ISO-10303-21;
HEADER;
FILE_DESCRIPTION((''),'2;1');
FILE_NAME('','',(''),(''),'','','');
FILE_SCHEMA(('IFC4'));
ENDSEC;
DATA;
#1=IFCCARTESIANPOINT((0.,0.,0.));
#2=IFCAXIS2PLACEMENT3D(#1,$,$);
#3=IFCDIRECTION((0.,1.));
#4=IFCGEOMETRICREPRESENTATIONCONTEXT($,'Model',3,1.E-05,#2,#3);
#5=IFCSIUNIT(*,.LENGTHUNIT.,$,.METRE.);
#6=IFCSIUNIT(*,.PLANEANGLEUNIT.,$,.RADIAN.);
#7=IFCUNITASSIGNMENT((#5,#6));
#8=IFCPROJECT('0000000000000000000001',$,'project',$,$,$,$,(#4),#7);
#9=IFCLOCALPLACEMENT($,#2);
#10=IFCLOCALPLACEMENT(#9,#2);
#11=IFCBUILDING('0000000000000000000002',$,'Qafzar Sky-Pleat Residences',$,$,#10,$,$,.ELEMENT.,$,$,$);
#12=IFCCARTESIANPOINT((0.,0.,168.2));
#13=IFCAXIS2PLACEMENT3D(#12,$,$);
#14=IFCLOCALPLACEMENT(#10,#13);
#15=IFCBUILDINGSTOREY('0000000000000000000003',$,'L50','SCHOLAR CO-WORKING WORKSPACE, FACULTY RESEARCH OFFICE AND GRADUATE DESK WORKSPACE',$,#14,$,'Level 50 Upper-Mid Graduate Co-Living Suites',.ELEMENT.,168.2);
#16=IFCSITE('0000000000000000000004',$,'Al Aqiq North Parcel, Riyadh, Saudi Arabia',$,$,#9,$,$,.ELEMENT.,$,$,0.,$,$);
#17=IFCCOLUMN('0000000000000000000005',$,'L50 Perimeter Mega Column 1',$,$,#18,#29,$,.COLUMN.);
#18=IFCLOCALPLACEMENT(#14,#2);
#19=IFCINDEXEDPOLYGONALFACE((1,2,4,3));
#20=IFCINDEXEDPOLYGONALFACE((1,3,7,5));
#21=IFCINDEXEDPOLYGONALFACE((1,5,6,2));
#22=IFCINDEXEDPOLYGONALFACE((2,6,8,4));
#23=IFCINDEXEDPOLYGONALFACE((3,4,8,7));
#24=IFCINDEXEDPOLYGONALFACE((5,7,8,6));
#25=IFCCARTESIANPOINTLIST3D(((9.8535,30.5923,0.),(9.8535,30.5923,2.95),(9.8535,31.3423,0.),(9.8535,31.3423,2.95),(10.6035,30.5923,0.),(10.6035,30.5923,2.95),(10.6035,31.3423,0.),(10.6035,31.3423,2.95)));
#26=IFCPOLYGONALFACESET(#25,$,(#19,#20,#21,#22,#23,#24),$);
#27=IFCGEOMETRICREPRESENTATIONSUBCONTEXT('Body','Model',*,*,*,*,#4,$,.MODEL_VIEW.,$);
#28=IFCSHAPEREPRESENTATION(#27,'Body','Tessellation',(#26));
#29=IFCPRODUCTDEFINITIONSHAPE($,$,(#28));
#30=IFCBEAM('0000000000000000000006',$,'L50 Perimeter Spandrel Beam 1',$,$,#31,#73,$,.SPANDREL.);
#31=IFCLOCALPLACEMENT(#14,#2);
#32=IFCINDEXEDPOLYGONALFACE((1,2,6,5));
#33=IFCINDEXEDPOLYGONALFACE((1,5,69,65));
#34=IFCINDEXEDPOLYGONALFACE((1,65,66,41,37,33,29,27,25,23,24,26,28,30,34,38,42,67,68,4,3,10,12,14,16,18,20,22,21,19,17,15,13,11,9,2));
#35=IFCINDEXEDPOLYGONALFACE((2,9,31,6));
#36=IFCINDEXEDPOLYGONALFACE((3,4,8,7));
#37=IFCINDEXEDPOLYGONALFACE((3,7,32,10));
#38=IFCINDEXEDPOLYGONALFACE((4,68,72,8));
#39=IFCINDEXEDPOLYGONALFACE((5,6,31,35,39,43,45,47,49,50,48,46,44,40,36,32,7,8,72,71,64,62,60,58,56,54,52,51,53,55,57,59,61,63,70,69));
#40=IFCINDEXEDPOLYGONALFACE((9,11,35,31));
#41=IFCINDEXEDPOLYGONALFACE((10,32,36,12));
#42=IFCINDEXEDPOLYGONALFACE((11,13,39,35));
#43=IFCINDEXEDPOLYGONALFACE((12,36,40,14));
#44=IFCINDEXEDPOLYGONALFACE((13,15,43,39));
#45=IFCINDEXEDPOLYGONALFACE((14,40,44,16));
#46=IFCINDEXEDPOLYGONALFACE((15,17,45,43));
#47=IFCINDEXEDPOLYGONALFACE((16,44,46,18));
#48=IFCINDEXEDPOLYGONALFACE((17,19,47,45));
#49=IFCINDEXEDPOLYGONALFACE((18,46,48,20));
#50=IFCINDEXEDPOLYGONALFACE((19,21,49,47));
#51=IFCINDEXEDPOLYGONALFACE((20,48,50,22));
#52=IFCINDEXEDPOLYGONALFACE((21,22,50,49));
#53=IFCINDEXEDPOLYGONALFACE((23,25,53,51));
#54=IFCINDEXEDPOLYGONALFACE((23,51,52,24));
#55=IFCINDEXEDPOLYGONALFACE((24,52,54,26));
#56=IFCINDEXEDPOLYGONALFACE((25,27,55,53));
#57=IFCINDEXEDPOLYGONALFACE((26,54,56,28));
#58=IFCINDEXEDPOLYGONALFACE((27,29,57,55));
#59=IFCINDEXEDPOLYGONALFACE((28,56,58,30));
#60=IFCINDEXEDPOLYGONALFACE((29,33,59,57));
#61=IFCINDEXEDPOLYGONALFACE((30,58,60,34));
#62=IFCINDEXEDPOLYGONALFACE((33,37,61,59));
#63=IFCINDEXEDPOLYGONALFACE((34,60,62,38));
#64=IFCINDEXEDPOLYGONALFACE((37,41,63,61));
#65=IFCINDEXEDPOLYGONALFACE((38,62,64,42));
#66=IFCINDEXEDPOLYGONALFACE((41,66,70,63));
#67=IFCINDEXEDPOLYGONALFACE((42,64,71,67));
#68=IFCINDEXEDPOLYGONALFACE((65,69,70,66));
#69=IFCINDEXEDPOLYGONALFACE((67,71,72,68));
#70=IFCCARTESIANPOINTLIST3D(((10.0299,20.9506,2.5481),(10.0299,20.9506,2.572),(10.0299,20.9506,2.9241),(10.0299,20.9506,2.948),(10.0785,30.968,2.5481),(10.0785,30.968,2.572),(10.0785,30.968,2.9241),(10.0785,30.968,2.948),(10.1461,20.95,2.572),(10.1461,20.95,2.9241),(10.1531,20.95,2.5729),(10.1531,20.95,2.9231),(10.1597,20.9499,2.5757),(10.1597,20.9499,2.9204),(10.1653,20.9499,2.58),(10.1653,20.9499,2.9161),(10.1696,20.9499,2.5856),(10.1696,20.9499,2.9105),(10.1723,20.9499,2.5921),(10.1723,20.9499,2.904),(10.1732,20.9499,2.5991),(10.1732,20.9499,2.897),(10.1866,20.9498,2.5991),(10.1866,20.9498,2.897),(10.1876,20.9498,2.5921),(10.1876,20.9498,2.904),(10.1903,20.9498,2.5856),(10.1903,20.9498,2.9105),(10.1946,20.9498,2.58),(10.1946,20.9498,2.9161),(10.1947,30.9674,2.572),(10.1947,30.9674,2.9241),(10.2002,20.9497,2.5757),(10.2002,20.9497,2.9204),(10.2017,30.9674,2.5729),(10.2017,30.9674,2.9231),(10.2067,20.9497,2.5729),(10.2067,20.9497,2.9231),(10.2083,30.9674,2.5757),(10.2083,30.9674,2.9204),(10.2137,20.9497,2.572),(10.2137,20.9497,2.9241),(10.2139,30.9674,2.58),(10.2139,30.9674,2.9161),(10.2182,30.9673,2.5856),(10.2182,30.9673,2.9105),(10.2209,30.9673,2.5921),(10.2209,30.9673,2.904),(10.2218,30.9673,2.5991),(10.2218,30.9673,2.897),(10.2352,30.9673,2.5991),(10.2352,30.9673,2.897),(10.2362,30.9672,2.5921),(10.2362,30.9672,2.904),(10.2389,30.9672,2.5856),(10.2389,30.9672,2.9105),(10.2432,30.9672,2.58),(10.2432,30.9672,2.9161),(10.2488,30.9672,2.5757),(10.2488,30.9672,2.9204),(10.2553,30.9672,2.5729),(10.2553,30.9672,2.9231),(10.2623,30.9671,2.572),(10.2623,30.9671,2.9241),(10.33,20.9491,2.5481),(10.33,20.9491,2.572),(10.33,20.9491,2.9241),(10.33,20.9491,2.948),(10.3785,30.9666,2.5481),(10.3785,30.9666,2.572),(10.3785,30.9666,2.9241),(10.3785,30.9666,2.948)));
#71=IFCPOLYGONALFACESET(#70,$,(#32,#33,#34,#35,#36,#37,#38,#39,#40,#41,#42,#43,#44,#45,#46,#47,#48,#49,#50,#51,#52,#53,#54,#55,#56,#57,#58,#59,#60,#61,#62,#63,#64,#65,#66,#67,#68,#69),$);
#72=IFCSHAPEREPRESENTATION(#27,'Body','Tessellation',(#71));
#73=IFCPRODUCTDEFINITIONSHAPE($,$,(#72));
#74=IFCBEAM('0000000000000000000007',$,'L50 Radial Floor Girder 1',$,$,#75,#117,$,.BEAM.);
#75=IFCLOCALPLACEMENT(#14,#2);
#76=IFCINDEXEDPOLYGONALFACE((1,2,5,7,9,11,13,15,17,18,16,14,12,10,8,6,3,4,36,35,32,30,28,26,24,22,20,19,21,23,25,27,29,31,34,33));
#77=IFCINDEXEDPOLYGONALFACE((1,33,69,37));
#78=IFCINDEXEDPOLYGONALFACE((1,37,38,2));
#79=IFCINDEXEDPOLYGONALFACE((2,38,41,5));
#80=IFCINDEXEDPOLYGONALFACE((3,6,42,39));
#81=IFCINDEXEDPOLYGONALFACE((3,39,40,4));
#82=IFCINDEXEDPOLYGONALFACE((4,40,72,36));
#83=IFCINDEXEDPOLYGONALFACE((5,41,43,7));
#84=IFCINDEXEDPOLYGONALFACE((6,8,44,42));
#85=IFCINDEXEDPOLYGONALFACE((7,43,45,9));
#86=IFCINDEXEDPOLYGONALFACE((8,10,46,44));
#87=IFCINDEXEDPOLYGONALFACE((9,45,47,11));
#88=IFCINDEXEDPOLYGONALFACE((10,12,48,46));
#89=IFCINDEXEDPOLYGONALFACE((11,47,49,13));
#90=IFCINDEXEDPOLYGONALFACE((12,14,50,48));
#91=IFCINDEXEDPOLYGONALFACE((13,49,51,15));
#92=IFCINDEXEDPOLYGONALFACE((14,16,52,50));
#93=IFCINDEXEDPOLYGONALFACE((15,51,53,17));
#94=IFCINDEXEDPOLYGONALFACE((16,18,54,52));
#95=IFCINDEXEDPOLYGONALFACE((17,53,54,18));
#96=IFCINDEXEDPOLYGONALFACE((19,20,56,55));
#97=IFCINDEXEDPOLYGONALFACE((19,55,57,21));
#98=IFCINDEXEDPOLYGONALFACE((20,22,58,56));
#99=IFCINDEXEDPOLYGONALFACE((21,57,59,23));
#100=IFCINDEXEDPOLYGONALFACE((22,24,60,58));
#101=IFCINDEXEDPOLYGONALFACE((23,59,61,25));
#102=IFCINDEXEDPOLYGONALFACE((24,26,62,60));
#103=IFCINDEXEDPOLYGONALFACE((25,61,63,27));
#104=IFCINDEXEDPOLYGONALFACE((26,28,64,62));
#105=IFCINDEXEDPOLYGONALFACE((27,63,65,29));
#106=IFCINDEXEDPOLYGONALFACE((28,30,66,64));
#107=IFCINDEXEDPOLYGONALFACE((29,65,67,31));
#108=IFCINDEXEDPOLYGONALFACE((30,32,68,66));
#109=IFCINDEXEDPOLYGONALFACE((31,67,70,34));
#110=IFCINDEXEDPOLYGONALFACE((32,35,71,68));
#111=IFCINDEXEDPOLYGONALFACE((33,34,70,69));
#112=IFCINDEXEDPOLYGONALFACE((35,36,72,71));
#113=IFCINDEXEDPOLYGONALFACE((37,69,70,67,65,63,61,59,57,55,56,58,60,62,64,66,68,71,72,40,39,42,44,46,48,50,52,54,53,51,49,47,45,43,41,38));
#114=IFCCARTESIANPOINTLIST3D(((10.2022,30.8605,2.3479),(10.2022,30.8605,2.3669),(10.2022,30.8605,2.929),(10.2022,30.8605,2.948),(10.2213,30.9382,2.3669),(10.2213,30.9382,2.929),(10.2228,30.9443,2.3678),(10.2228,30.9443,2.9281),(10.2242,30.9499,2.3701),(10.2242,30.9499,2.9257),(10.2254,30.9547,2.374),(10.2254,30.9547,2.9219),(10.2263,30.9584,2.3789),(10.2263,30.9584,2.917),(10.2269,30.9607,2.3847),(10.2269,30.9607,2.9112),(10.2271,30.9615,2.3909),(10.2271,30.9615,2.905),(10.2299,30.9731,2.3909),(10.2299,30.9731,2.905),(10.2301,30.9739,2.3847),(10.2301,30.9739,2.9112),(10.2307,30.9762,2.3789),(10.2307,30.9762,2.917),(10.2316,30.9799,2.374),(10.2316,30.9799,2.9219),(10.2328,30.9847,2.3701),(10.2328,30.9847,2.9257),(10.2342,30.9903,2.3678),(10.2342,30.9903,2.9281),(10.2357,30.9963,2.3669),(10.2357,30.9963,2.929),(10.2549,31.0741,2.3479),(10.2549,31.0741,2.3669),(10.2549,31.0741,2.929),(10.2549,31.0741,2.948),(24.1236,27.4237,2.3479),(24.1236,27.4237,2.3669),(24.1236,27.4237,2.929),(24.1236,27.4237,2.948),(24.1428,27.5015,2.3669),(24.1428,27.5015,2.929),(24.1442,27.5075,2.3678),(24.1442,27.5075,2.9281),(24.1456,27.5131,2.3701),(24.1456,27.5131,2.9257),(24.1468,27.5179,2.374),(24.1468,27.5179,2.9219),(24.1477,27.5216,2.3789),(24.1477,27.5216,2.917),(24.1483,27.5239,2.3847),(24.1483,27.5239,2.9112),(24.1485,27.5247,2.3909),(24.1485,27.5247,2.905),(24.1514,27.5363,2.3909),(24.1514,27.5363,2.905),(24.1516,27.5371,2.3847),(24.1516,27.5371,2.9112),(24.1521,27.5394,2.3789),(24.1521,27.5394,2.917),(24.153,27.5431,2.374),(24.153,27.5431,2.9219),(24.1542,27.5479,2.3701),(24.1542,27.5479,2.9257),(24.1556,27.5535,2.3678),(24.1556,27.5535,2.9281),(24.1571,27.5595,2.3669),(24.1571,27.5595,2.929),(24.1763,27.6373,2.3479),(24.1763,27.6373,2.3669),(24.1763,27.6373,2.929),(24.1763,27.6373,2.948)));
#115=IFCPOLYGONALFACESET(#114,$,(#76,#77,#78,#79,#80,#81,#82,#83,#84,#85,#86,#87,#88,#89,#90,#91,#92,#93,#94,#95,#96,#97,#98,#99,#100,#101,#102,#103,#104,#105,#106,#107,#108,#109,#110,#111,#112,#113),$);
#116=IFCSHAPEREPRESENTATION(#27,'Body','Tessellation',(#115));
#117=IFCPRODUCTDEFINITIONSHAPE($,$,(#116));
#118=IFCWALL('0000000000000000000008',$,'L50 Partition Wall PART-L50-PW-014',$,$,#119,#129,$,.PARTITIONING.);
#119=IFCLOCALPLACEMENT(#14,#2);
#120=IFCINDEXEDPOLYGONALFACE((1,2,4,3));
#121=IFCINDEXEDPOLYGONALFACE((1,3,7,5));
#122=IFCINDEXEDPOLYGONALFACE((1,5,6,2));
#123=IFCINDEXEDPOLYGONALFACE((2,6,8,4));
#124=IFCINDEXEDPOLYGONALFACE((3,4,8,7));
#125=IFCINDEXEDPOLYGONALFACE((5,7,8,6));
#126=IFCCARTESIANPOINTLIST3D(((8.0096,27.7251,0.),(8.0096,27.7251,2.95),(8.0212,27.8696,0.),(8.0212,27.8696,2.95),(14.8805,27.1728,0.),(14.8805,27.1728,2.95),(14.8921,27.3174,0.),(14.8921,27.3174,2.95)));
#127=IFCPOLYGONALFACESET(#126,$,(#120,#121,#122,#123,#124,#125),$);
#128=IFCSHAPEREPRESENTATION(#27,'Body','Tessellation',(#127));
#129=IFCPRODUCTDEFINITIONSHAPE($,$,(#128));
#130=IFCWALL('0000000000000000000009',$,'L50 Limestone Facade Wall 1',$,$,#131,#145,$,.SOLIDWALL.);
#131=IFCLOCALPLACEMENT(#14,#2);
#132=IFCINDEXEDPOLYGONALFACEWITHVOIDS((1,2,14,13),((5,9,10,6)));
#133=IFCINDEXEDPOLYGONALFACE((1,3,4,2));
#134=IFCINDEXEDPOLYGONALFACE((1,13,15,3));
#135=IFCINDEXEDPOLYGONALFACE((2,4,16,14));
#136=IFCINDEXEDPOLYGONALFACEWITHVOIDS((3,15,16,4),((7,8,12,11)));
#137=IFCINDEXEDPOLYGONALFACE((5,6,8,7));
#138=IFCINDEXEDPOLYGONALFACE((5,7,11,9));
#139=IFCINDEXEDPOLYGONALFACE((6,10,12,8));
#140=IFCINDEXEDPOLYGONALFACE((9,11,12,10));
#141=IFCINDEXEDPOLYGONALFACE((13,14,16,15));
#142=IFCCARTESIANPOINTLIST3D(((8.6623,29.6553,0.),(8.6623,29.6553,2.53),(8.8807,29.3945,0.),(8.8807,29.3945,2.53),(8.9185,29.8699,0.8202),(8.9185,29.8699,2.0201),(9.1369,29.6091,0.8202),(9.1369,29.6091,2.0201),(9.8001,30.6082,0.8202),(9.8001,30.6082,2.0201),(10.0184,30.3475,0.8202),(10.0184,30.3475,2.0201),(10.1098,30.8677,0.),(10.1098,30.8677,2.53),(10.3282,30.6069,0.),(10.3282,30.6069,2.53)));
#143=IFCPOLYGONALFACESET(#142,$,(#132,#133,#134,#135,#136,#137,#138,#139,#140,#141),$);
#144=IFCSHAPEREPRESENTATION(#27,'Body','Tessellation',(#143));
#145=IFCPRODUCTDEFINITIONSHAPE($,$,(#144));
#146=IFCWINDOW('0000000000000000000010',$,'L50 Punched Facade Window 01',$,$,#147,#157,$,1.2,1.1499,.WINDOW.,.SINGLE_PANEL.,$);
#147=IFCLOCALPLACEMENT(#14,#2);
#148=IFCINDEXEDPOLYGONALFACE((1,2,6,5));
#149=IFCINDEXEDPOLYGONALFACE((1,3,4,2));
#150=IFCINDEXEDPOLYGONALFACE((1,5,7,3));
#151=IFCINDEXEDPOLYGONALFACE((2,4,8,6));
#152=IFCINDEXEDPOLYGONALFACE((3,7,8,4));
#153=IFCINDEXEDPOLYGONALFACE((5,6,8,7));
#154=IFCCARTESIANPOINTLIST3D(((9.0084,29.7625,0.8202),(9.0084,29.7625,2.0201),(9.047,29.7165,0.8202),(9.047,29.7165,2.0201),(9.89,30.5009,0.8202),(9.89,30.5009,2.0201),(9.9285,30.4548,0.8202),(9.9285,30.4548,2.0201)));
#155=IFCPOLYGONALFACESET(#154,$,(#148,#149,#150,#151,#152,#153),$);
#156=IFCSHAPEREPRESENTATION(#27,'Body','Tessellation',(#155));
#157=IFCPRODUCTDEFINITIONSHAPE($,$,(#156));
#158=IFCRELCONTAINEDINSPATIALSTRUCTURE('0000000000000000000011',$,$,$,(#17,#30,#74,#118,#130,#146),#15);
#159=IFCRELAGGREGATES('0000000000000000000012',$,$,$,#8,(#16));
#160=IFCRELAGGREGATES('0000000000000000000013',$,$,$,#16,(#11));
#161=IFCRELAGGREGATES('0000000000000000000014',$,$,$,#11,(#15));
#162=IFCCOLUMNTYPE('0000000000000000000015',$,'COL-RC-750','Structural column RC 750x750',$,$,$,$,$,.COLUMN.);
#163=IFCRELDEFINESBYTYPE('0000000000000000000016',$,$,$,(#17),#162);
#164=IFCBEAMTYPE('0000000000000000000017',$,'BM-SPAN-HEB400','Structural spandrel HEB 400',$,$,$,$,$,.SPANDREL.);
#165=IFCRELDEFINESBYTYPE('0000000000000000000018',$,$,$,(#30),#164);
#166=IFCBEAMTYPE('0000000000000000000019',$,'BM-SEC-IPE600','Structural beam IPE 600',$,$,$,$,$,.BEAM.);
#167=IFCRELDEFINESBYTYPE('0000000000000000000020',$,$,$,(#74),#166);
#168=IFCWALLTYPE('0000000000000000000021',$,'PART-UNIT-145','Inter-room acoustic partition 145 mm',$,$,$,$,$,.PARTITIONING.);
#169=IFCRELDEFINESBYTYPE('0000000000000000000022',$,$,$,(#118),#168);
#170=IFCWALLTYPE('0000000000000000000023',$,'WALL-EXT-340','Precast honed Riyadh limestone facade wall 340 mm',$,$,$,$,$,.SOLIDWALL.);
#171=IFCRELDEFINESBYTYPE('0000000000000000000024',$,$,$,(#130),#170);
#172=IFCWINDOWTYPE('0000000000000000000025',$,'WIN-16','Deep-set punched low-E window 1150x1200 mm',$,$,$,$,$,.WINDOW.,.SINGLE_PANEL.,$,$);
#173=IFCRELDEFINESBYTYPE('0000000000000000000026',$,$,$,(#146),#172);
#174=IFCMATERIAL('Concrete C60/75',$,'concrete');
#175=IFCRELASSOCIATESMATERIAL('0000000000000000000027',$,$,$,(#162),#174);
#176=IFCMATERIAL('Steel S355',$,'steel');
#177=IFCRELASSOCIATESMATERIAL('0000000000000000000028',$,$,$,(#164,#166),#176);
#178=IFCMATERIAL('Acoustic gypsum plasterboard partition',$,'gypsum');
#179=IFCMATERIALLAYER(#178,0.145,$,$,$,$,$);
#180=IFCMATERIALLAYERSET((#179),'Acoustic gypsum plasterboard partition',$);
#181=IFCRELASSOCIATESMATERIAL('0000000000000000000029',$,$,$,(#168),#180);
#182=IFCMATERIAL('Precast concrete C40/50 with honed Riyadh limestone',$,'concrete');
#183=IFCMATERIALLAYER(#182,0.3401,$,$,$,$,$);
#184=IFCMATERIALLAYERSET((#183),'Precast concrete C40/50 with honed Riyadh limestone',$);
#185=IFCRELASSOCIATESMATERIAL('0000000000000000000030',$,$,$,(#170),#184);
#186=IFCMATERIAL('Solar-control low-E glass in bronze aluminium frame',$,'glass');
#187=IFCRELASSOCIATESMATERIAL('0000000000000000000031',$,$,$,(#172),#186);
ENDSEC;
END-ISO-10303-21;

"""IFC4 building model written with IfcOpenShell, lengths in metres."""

from ifc_helpers import new_model, si_unit, direction, frame, frame_2d, origin, origin_2d, place, context, subcontext, project, spatial, rectangle, i_section, extrude, source, transform, mapped, material, layer, layer_set, material_profile, profile_set, type_object, element, fill, save


model = new_model("IFC4")

# Units and contexts
model_context = context("Model", 3, precision=1e-05, world=origin(), true_north=direction((0.0, 1.0)))
body_context = subcontext(model_context, "Body", "Model", "MODEL_VIEW")
ifc_project = project(units=[si_unit("LENGTHUNIT", "METRE"), si_unit("PLANEANGLEUNIT", "RADIAN")], contexts=[model_context])

# Site, building, storey
site_placement = place(None, origin())
site = spatial("IfcSite", under=ifc_project, at=site_placement, Name="Al Aqiq North Parcel, Riyadh, Saudi Arabia", CompositionType="ELEMENT", RefElevation=0.0)
building_placement = place(site_placement, origin())
building = spatial("IfcBuilding", under=site, at=building_placement, Name="Qafzar Sky-Pleat Residences", CompositionType="ELEMENT")
storey_placement = place(building_placement, frame((0.0, 0.0, 168.2)))
storey = spatial("IfcBuildingStorey", under=building, at=storey_placement, Name="L50", Description="SCHOLAR CO-WORKING WORKSPACE, FACULTY RESEARCH OFFICE AND GRADUATE DESK WORKSPACE", LongName="Level 50 Upper-Mid Graduate Co-Living Suites", CompositionType="ELEMENT", Elevation=168.2)

# Column
ifc_material_1 = material(Name="Concrete C60/75", Category="concrete")
ifc_material_profile_1 = material_profile(ifc_material_1, rectangle(XDim=0.75, YDim=0.75, at=origin_2d()), Name="RC 750x750")
ifc_profile_set_1 = profile_set([ifc_material_profile_1], Name="Concrete C60/75")
column_type = type_object("IfcColumnType", Name="COL-RC-750", Description="Structural column RC 750x750", PredefinedType="COLUMN", material=ifc_profile_set_1)
shared_shape_1 = source(origin(), body_context, "Body", "SweptSolid", [
    extrude(rectangle(XDim=0.75, YDim=0.75, at=origin_2d()), origin(), (0.0, 0.0, 1.0), 2.95),
])
column_placement = place(storey_placement, frame((10.2285, 30.9673, 0.0), z_axis=(0.0, 0.0, 1.0), x_axis=(1.0, 0.0, 0.0)))
element("IfcColumn", 1, at=column_placement, inside=storey, type_object=column_type, Name="L50 Perimeter Mega Column 1", PredefinedType="COLUMN", context=body_context, shape_type="MappedRepresentation", body=[
    mapped(shared_shape_1, transform((0.0, 0.0, 0.0), x_axis=(1.0, 0.0, 0.0), y_axis=(0.0, 1.0, 0.0), z_axis=(0.0, 0.0, 1.0), scale=1.0)),
])

# Beams
ifc_material_2 = material(Name="Steel S355", Category="steel")
ifc_material_profile_2 = material_profile(ifc_material_2, i_section(OverallWidth=0.3, OverallDepth=0.3999, WebThickness=0.0134, FlangeThickness=0.0239, FilletRadius=0.0271, at=origin_2d()), Name="HEB 400")
ifc_profile_set_2 = profile_set([ifc_material_profile_2], Name="Steel S355")
beam_type_1 = type_object("IfcBeamType", Name="BM-SPAN-HEB400", Description="Structural spandrel HEB 400", PredefinedType="SPANDREL", material=ifc_profile_set_2)
shared_shape_2 = source(origin(), body_context, "Body", "SweptSolid", [
    extrude(i_section(OverallWidth=0.3, OverallDepth=0.3999, WebThickness=0.0134, FlangeThickness=0.0239, FilletRadius=0.0271, at=origin_2d()), origin(), (0.0, 0.0, 1.0), 10.0176),
])
beam_1_placement = place(storey_placement, frame((10.2285, 30.9673, 2.748), z_axis=(-0.00485, -0.999988, 0.0), x_axis=(0.999988, -0.00485, 0.0)))
element("IfcBeam", 2, at=beam_1_placement, inside=storey, type_object=beam_type_1, Name="L50 Perimeter Spandrel Beam 1", PredefinedType="SPANDREL", context=body_context, shape_type="MappedRepresentation", body=[
    mapped(shared_shape_2, transform((0.0, 0.0, 0.0), x_axis=(1.0, 0.0, 0.0), y_axis=(0.0, 1.0, 0.0), z_axis=(0.0, 0.0, 1.0), scale=1.0)),
])
ifc_material_profile_3 = material_profile(ifc_material_2, i_section(OverallWidth=0.22, OverallDepth=0.6001, WebThickness=0.012, FlangeThickness=0.019, FilletRadius=0.0239, at=origin_2d()), Name="IPE 600")
ifc_profile_set_3 = profile_set([ifc_material_profile_3], Name="Steel S355")
beam_type_2 = type_object("IfcBeamType", Name="BM-SEC-IPE600", Description="Structural beam IPE 600", PredefinedType="BEAM", material=ifc_profile_set_3)
shared_shape_3 = source(origin(), body_context, "Body", "SweptSolid", [
    extrude(i_section(OverallWidth=0.22, OverallDepth=0.6001, WebThickness=0.012, FlangeThickness=0.019, FilletRadius=0.0239, at=origin_2d()), origin(), (0.0, 0.0, 1.0), 14.3394),
])
beam_2_placement = place(storey_placement, frame((10.2285, 30.9673, 2.6479), z_axis=(0.970853, -0.239674, 0.0), x_axis=(0.239674, 0.970853, 0.0)))
element("IfcBeam", 3, at=beam_2_placement, inside=storey, type_object=beam_type_2, Name="L50 Radial Floor Girder 1", PredefinedType="BEAM", context=body_context, shape_type="MappedRepresentation", body=[
    mapped(shared_shape_3, transform((0.0, 0.0, 0.0), x_axis=(1.0, 0.0, 0.0), y_axis=(0.0, 1.0, 0.0), z_axis=(0.0, 0.0, 1.0), scale=1.0)),
])

# Wall
ifc_material_3 = material(Name="Acoustic gypsum plasterboard partition", Category="gypsum")
ifc_layer_1 = layer(ifc_material_3, 0.145)
ifc_layer_set_1 = layer_set([ifc_layer_1], Name="Acoustic gypsum plasterboard partition")
wall_type_1 = type_object("IfcWallType", Name="PART-UNIT-145", Description="Inter-room acoustic partition 145 mm", PredefinedType="PARTITIONING", material=ifc_layer_set_1)
wall_1_placement = place(storey_placement, frame((8.0154, 27.7974, 0.0), z_axis=(0.0, 0.0, 1.0), x_axis=(0.996785, -0.080117, 0.0)))
element("IfcWall", 4, at=wall_1_placement, inside=storey, type_object=wall_type_1, Name="L50 Partition Wall PART-L50-PW-014", PredefinedType="PARTITIONING", context=body_context, shape_type="SweptSolid", body=[
    extrude(rectangle(XDim=6.8931, YDim=0.145, at=frame_2d((3.4465, 0.0))), origin(), (0.0, 0.0, 1.0), 2.95),
])

# Wall, opening, window
ifc_material_4 = material(Name="Precast concrete C40/50 with honed Riyadh limestone", Category="concrete")
ifc_layer_2 = layer(ifc_material_4, 0.3401)
ifc_layer_set_2 = layer_set([ifc_layer_2], Name="Precast concrete C40/50 with honed Riyadh limestone")
wall_type_2 = type_object("IfcWallType", Name="WALL-EXT-340", Description="Precast honed Riyadh limestone facade wall 340 mm", PredefinedType="SOLIDWALL", material=ifc_layer_set_2)
wall_2_placement = place(storey_placement, frame((10.219, 30.7373, 0.0), z_axis=(0.0, 0.0, 1.0), x_axis=(-0.766619, -0.642103, 0.0)))
wall_2 = element("IfcWall", 5, at=wall_2_placement, inside=storey, type_object=wall_type_2, Name="L50 Limestone Facade Wall 1", PredefinedType="SOLIDWALL", context=body_context, shape_type="SweptSolid", body=[
    extrude(rectangle(XDim=1.8882, YDim=0.3401, at=frame_2d((0.9441, 0.0))), origin(), (0.0, 0.0, 1.0), 2.53),
])
opening_1_placement = place(wall_2_placement, frame((0.4041, 0.0, 0.8201)))
opening_1 = element("IfcOpeningElement", 6, at=opening_1_placement, cuts=wall_2, PredefinedType="OPENING", context=body_context, shape_type="SweptSolid", body=[
    extrude(rectangle(XDim=1.1499, YDim=1.2, at=frame_2d((0.575, 0.6001))), frame((0.0, 0.1802, 0.0), z_axis=(0.0, -1.0, 0.0), x_axis=(1.0, 0.0, 0.0)), (0.0, 0.0, 1.0), 0.3601),
])
ifc_material_5 = material(Name="Solar-control low-E glass in bronze aluminium frame", Category="glass")
window_type_1 = type_object("IfcWindowType", Name="WIN-16", Description="Deep-set punched low-E window 1150x1200 mm", PartitioningType="SINGLE_PANEL", PredefinedType="WINDOW", material=ifc_material_5)
shared_shape_4 = source(origin(), body_context, "Body", "SweptSolid", [
    extrude(rectangle(XDim=1.1499, YDim=1.2, at=frame_2d((0.575, 0.6001))), frame((0.0, 0.03, 0.0), z_axis=(0.0, -1.0, 0.0), x_axis=(1.0, 0.0, 0.0)), (0.0, 0.0, 1.0), 0.0601),
])
window_1_placement = place(opening_1_placement, origin())
window_1 = element("IfcWindow", 7, at=window_1_placement, inside=storey, type_object=window_type_1, Name="L50 Punched Facade Window 01", OverallHeight=1.2, OverallWidth=1.1499, PartitioningType="SINGLE_PANEL", PredefinedType="WINDOW", context=body_context, shape_type="MappedRepresentation", body=[
    mapped(shared_shape_4, transform((0.0, 0.0, 0.0), x_axis=(1.0, 0.0, 0.0), y_axis=(0.0, 1.0, 0.0), z_axis=(0.0, 0.0, 1.0), scale=1.0)),
])
fill(opening_1, window_1)

save(model, "model.ifc")
